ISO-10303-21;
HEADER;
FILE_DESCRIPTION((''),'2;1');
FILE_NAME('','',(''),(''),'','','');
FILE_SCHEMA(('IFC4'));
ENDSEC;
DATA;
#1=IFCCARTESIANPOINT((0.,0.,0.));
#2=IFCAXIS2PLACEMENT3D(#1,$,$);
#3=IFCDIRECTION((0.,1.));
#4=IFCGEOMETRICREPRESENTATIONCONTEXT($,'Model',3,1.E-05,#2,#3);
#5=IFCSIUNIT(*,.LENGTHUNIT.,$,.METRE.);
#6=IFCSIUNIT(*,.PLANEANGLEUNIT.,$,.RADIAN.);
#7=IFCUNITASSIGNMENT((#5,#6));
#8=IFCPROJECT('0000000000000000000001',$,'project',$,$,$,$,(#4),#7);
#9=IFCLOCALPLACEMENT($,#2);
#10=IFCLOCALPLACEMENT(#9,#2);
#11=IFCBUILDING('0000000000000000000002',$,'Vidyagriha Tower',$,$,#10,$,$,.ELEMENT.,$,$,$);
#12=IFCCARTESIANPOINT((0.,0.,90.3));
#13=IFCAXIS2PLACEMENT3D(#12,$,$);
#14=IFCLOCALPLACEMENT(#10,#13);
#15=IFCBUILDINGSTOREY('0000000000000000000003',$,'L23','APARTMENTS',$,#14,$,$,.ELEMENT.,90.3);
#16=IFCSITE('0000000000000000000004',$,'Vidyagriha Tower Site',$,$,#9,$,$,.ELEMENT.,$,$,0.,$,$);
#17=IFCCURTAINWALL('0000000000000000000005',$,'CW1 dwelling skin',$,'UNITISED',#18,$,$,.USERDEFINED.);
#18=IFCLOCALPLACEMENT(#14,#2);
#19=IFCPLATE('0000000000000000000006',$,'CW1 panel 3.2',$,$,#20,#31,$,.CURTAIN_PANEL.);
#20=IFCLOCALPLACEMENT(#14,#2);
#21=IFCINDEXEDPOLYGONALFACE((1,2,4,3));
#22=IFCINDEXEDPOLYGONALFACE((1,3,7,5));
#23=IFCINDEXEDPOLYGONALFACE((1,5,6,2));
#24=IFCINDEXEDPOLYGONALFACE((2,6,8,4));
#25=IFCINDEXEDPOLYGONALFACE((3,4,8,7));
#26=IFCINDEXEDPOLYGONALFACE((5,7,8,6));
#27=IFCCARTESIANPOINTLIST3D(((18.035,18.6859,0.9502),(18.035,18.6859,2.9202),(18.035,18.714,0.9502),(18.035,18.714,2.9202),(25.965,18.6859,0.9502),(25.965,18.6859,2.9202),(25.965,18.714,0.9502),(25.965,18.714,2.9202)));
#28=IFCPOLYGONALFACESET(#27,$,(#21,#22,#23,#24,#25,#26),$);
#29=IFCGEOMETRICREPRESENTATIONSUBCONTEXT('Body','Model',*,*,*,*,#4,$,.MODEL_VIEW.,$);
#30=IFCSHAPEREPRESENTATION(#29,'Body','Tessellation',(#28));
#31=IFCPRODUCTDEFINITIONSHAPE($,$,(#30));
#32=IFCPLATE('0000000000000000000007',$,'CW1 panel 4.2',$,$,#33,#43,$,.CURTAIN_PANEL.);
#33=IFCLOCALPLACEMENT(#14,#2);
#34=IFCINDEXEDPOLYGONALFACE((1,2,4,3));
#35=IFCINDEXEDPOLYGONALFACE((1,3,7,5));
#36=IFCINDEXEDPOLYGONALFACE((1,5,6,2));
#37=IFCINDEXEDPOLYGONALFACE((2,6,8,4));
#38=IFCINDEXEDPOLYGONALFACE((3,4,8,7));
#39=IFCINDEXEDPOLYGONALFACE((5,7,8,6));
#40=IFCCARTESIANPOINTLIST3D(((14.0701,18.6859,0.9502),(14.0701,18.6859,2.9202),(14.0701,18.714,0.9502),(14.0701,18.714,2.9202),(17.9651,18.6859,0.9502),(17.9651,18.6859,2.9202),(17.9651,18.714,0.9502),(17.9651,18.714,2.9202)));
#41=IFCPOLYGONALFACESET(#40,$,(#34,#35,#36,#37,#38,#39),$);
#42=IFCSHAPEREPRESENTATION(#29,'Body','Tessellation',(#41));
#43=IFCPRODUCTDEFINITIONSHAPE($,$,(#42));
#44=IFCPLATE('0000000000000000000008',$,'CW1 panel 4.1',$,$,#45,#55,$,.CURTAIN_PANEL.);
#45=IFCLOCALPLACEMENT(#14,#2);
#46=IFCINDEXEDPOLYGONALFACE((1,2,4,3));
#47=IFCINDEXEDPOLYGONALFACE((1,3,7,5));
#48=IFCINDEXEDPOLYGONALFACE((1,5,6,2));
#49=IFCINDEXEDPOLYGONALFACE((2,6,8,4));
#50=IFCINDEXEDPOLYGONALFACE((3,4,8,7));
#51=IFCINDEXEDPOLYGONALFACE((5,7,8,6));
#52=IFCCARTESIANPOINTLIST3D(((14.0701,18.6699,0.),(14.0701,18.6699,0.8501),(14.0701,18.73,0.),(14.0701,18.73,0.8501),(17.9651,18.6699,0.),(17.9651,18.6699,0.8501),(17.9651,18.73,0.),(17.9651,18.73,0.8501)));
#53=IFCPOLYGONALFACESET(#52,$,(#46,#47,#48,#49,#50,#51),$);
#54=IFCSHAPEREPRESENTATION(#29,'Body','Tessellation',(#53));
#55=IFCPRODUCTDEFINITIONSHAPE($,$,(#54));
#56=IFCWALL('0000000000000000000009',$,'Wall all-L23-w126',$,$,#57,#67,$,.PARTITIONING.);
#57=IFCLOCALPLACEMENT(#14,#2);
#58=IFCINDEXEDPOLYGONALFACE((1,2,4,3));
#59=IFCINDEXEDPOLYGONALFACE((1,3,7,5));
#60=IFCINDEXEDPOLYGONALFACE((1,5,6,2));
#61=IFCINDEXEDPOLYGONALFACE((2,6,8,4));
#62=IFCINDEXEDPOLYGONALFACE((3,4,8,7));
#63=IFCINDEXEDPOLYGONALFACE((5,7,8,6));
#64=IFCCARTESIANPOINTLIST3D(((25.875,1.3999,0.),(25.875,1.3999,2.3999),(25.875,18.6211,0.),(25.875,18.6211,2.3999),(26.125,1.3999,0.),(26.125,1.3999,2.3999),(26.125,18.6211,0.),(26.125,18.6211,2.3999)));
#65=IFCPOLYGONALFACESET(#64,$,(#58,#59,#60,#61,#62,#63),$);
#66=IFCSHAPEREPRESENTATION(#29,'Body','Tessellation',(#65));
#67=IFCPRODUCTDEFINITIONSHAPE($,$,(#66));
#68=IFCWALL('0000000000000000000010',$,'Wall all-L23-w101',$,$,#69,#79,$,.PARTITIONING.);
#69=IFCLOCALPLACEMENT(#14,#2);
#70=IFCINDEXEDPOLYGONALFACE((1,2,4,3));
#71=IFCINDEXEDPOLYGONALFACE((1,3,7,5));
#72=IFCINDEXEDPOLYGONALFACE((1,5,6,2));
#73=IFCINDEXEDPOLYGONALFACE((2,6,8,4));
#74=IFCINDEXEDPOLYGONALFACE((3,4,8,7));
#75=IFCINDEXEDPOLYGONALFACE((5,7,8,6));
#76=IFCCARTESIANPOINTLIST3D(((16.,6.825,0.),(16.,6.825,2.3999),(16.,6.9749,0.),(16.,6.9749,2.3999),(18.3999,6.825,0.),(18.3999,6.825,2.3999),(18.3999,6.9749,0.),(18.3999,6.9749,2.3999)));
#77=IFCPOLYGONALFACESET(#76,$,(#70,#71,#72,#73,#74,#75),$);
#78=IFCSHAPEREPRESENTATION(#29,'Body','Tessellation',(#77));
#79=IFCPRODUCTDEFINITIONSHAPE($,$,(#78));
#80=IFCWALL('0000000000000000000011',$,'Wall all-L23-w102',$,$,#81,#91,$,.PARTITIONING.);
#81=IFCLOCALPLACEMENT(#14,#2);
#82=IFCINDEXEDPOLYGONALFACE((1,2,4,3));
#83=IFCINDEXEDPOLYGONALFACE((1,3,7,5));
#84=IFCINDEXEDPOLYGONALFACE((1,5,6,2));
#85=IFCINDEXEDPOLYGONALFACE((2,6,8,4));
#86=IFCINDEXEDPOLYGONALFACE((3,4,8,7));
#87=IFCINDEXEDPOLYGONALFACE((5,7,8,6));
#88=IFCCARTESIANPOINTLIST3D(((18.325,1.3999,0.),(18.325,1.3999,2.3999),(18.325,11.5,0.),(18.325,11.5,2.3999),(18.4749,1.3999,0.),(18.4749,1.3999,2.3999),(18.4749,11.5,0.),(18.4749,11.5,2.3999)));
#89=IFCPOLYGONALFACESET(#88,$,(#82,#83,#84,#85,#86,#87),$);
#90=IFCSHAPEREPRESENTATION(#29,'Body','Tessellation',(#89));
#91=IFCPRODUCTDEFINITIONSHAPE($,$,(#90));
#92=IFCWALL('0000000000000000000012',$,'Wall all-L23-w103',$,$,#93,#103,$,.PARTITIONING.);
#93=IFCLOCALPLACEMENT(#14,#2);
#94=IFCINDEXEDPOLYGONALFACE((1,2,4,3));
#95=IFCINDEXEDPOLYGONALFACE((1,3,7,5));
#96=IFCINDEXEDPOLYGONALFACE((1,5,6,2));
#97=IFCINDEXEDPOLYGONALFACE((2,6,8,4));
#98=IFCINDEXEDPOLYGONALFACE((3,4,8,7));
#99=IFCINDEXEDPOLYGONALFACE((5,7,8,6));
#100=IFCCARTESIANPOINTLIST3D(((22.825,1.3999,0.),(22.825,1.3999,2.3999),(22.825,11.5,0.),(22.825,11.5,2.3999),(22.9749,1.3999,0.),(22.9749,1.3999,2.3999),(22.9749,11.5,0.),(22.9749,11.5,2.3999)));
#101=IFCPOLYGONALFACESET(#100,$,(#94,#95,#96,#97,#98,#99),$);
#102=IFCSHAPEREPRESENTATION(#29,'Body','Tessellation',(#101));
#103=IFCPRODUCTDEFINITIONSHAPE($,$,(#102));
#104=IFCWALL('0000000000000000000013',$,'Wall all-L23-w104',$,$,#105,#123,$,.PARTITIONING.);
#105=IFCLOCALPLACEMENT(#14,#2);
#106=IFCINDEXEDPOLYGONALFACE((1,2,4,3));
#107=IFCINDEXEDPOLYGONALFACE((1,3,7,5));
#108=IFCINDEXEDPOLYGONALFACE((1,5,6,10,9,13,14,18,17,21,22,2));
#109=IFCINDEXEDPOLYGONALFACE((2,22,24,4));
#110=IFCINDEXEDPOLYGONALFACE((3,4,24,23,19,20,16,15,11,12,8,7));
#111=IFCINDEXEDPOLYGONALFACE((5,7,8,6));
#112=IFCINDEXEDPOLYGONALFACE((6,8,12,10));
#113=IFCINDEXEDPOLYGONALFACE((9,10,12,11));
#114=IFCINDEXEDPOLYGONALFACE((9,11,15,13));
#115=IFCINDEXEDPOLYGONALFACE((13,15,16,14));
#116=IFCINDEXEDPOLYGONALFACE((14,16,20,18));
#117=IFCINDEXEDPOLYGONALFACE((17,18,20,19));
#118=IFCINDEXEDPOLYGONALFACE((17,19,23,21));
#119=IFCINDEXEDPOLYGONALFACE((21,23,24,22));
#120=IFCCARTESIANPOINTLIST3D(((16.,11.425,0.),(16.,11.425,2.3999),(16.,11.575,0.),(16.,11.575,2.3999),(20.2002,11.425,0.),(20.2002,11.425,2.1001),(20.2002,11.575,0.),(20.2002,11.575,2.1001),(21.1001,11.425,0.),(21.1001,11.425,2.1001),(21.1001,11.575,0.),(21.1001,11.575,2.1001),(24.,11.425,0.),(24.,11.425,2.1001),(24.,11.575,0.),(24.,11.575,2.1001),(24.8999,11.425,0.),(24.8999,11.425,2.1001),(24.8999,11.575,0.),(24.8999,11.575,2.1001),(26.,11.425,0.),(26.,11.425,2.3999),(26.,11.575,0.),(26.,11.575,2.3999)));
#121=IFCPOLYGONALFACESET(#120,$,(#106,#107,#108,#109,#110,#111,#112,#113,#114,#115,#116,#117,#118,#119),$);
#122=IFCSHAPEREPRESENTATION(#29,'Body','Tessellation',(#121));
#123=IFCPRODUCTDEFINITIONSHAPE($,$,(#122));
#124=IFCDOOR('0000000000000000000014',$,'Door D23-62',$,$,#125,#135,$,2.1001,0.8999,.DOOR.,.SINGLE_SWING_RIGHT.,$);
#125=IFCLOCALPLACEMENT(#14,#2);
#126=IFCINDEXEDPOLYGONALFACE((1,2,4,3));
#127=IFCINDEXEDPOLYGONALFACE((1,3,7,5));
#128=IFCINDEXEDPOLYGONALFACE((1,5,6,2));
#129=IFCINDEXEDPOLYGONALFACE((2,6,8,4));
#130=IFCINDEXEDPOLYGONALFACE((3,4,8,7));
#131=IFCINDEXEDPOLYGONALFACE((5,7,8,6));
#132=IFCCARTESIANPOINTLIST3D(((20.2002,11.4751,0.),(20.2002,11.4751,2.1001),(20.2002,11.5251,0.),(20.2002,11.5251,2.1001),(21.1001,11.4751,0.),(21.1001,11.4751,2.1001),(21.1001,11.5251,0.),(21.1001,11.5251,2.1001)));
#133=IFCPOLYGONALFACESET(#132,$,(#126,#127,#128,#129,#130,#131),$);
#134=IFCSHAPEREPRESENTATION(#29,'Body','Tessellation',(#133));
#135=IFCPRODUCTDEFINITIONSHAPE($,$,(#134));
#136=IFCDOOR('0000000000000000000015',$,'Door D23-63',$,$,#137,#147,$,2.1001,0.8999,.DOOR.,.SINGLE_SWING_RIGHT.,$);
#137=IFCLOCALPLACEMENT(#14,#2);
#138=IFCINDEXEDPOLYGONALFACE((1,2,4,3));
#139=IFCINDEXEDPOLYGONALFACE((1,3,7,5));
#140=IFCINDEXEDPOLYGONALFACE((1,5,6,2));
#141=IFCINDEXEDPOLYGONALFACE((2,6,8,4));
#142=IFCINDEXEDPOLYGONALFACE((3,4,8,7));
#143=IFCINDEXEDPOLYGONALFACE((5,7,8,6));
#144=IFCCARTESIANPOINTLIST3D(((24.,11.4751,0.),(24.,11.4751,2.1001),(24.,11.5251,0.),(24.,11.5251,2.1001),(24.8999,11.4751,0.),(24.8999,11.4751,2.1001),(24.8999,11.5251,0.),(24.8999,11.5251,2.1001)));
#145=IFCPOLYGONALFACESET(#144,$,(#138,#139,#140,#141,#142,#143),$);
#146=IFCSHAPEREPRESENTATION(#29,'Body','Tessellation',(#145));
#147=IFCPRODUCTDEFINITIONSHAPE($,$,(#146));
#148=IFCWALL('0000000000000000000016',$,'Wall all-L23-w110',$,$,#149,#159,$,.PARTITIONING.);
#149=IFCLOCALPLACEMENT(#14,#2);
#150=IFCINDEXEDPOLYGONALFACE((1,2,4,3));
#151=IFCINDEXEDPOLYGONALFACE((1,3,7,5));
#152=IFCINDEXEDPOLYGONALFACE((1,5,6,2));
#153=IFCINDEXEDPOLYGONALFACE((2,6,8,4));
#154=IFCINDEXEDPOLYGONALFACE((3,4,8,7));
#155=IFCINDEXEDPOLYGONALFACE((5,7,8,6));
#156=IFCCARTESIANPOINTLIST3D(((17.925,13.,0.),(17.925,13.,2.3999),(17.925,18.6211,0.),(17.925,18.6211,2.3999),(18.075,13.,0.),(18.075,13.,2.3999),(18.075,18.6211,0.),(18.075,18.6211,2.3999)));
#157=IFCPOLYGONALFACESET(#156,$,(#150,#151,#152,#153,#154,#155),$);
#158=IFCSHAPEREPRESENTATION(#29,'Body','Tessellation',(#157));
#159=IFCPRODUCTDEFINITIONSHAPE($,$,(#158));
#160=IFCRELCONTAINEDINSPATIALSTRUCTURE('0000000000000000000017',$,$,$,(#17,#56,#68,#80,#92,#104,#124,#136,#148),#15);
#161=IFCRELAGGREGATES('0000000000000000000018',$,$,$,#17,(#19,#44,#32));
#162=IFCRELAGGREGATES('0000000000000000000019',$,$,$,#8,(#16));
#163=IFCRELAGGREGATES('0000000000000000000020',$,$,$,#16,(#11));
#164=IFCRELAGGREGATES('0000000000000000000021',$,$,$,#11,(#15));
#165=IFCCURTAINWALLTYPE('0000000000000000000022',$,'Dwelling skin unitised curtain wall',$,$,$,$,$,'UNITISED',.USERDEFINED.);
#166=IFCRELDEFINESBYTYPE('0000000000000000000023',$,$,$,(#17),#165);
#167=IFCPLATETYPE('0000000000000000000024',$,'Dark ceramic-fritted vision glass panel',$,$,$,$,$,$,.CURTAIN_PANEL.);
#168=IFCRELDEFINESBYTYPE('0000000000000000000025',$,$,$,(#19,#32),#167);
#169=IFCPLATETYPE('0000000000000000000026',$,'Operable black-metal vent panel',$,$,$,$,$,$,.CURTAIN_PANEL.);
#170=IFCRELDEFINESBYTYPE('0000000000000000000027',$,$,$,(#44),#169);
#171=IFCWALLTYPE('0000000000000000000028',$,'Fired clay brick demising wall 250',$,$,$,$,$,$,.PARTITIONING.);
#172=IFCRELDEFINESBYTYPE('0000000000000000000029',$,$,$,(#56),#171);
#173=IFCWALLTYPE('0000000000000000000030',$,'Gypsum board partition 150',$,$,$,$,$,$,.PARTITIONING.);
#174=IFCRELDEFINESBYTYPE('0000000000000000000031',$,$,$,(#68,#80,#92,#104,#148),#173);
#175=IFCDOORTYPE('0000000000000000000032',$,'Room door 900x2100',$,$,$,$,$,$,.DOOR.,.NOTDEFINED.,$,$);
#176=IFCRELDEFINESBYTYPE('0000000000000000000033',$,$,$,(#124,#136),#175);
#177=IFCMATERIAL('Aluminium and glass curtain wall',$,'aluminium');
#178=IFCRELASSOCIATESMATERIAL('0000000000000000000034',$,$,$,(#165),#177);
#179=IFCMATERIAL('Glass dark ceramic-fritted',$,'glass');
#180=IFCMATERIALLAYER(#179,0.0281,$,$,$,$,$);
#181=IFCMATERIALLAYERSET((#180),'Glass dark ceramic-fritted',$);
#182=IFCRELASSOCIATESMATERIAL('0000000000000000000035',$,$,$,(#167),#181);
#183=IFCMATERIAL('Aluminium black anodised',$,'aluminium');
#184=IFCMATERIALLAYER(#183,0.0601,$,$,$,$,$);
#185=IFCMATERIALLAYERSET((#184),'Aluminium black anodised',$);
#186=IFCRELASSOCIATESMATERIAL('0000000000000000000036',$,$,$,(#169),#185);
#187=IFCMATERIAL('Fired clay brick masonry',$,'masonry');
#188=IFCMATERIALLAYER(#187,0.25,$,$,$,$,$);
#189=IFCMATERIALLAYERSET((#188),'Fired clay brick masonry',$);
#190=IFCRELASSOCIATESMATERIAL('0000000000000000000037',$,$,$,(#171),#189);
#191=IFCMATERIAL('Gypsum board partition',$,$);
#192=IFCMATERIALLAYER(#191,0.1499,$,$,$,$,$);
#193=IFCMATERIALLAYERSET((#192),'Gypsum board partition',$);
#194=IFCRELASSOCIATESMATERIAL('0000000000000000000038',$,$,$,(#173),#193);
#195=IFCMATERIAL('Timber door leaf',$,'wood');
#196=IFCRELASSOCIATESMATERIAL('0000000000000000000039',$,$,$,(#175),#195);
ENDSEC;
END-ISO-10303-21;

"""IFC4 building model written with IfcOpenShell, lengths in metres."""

from ifc_helpers import new_model, si_unit, direction, frame, frame_2d, origin, origin_2d, place, context, subcontext, project, spatial, rectangle, extrude, material, layer, layer_set, type_object, element, fill, aggregate, save


model = new_model("IFC4")

# Units and contexts
model_context = context("Model", 3, precision=1e-05, world=origin(), true_north=direction((0.0, 1.0)))
body_context = subcontext(model_context, "Body", "Model", "MODEL_VIEW")
ifc_project = project(units=[si_unit("LENGTHUNIT", "METRE"), si_unit("PLANEANGLEUNIT", "RADIAN")], contexts=[model_context])

# Site, building, storey
site_placement = place(None, origin())
site = spatial("IfcSite", under=ifc_project, at=site_placement, Name="Vidyagriha Tower Site", CompositionType="ELEMENT", RefElevation=0.0)
building_placement = place(site_placement, origin())
building = spatial("IfcBuilding", under=site, at=building_placement, Name="Vidyagriha Tower", CompositionType="ELEMENT")
storey_placement = place(building_placement, frame((0.0, 0.0, 90.3)))
storey = spatial("IfcBuildingStorey", under=building, at=storey_placement, Name="L23", Description="APARTMENTS", CompositionType="ELEMENT", Elevation=90.3)

# Curtain wall, plates
ifc_material_1 = material(Name="Aluminium and glass curtain wall", Category="aluminium")
curtain_wall_type = type_object("IfcCurtainWallType", Name="Dwelling skin unitised curtain wall", ElementType="UNITISED", PredefinedType="USERDEFINED", material=ifc_material_1)
curtain_wall_placement = place(storey_placement, origin())
curtain_wall = element("IfcCurtainWall", 1, at=curtain_wall_placement, inside=storey, type_object=curtain_wall_type, Name="CW1 dwelling skin", ObjectType="UNITISED", PredefinedType="USERDEFINED")
ifc_material_2 = material(Name="Glass dark ceramic-fritted", Category="glass")
ifc_layer_1 = layer(ifc_material_2, 0.0281)
ifc_layer_set_1 = layer_set([ifc_layer_1], Name="Glass dark ceramic-fritted")
plate_type_1 = type_object("IfcPlateType", Name="Dark ceramic-fritted vision glass panel", PredefinedType="CURTAIN_PANEL", material=ifc_layer_set_1)
plate_1_placement = place(storey_placement, frame((22.0, 18.7, 0.9502), z_axis=(0.0, 0.0, 1.0), x_axis=(-1.0, 0.0, 0.0)))
plate_1 = element("IfcPlate", 2, at=plate_1_placement, type_object=plate_type_1, Name="CW1 panel 3.2", PredefinedType="CURTAIN_PANEL", context=body_context, shape_type="SweptSolid", body=[
    extrude(rectangle(XDim=7.9299, YDim=0.0281, at=origin_2d()), origin(), (0.0, 0.0, 1.0), 1.97),
])
plate_2_placement = place(storey_placement, frame((16.0176, 18.7, 0.9502), z_axis=(0.0, 0.0, 1.0), x_axis=(-1.0, 0.0, 0.0)))
plate_2 = element("IfcPlate", 3, at=plate_2_placement, type_object=plate_type_1, Name="CW1 panel 4.2", PredefinedType="CURTAIN_PANEL", context=body_context, shape_type="SweptSolid", body=[
    extrude(rectangle(XDim=3.895, YDim=0.0281, at=origin_2d()), origin(), (0.0, 0.0, 1.0), 1.97),
])
ifc_material_3 = material(Name="Aluminium black anodised", Category="aluminium")
ifc_layer_2 = layer(ifc_material_3, 0.0601)
ifc_layer_set_2 = layer_set([ifc_layer_2], Name="Aluminium black anodised")
plate_type_2 = type_object("IfcPlateType", Name="Operable black-metal vent panel", PredefinedType="CURTAIN_PANEL", material=ifc_layer_set_2)
plate_3_placement = place(storey_placement, frame((16.0176, 18.7, 0.0), z_axis=(0.0, 0.0, 1.0), x_axis=(-1.0, 0.0, 0.0)))
plate_3 = element("IfcPlate", 4, at=plate_3_placement, type_object=plate_type_2, Name="CW1 panel 4.1", PredefinedType="CURTAIN_PANEL", context=body_context, shape_type="SweptSolid", body=[
    extrude(rectangle(XDim=3.895, YDim=0.0601, at=origin_2d()), origin(), (0.0, 0.0, 1.0), 0.8501),
])
aggregate(curtain_wall, [plate_1, plate_3, plate_2])

# Walls
ifc_material_4 = material(Name="Fired clay brick masonry", Category="masonry")
ifc_layer_3 = layer(ifc_material_4, 0.25)
ifc_layer_set_3 = layer_set([ifc_layer_3], Name="Fired clay brick masonry")
wall_type_1 = type_object("IfcWallType", Name="Fired clay brick demising wall 250", PredefinedType="PARTITIONING", material=ifc_layer_set_3)
wall_1_placement = place(storey_placement, frame((26.0, 18.6211, 0.0), z_axis=(0.0, 0.0, 1.0), x_axis=(0.0, -1.0, 0.0)))
element("IfcWall", 5, at=wall_1_placement, inside=storey, type_object=wall_type_1, Name="Wall all-L23-w126", PredefinedType="PARTITIONING", context=body_context, shape_type="SweptSolid", body=[
    extrude(rectangle(XDim=17.2212, YDim=0.25, at=frame_2d((8.6106, 0.0))), origin(), (0.0, 0.0, 1.0), 2.3999),
])
ifc_material_5 = material(Name="Gypsum board partition")
ifc_layer_4 = layer(ifc_material_5, 0.1499)
ifc_layer_set_4 = layer_set([ifc_layer_4], Name="Gypsum board partition")
wall_type_2 = type_object("IfcWallType", Name="Gypsum board partition 150", PredefinedType="PARTITIONING", material=ifc_layer_set_4)
wall_2_placement = place(storey_placement, frame((16.0, 6.8999, 0.0)))
element("IfcWall", 6, at=wall_2_placement, inside=storey, type_object=wall_type_2, Name="Wall all-L23-w101", PredefinedType="PARTITIONING", context=body_context, shape_type="SweptSolid", body=[
    extrude(rectangle(XDim=2.3999, YDim=0.1499, at=frame_2d((1.2, 0.0))), origin(), (0.0, 0.0, 1.0), 2.3999),
])
for number, where, z_axis, x_axis, name in (
    (7, (18.3999, 11.5, 0.0), (0.0, 0.0, 1.0), (0.0, -1.0, 0.0), "Wall all-L23-w102"),
    (8, (22.8999, 11.5, 0.0), (0.0, 0.0, 1.0), (0.0, -1.0, 0.0), "Wall all-L23-w103"),
):
    element("IfcWall", number, at=place(storey_placement, frame(where, z_axis=z_axis, x_axis=x_axis)), inside=storey, type_object=wall_type_2, Name=name, PredefinedType="PARTITIONING", context=body_context, shape_type="SweptSolid", body=[
        extrude(rectangle(XDim=10.1001, YDim=0.1499, at=frame_2d((5.05, 0.0))), origin(), (0.0, 0.0, 1.0), 2.3999),
    ])

# Wall, openings, doors
wall_3_placement = place(storey_placement, frame((26.0, 11.5, 0.0), z_axis=(0.0, 0.0, 1.0), x_axis=(-1.0, 0.0, 0.0)))
wall_3 = element("IfcWall", 9, at=wall_3_placement, inside=storey, type_object=wall_type_2, Name="Wall all-L23-w104", PredefinedType="PARTITIONING", context=body_context, shape_type="SweptSolid", body=[
    extrude(rectangle(XDim=10.0, YDim=0.1499, at=frame_2d((5.0, 0.0))), origin(), (0.0, 0.0, 1.0), 2.3999),
])
opening_1_placement = place(wall_3_placement, frame((4.8999, 0.0, 0.0)))
opening_1 = element("IfcOpeningElement", 10, at=opening_1_placement, cuts=wall_3, PredefinedType="OPENING", context=body_context, shape_type="SweptSolid", body=[
    extrude(rectangle(XDim=0.8999, YDim=2.1001, at=frame_2d((0.45, 1.05))), frame((0.0, 0.085, 0.0), z_axis=(0.0, -1.0, 0.0), x_axis=(1.0, 0.0, 0.0)), (0.0, 0.0, 1.0), 0.1699),
])
opening_2_placement = place(wall_3_placement, frame((1.1001, 0.0, 0.0)))
opening_2 = element("IfcOpeningElement", 11, at=opening_2_placement, cuts=wall_3, PredefinedType="OPENING", context=body_context, shape_type="SweptSolid", body=[
    extrude(rectangle(XDim=0.8999, YDim=2.1001, at=frame_2d((0.45, 1.05))), frame((0.0, 0.085, 0.0), z_axis=(0.0, -1.0, 0.0), x_axis=(1.0, 0.0, 0.0)), (0.0, 0.0, 1.0), 0.1699),
])
ifc_material_6 = material(Name="Timber door leaf", Category="wood")
door_type_1 = type_object("IfcDoorType", Name="Room door 900x2100", OperationType="NOTDEFINED", PredefinedType="DOOR", material=ifc_material_6)
door_1_placement = place(opening_1_placement, origin())
door_1 = element("IfcDoor", 12, at=door_1_placement, inside=storey, type_object=door_type_1, Name="Door D23-62", OperationType="SINGLE_SWING_RIGHT", OverallHeight=2.1001, OverallWidth=0.8999, PredefinedType="DOOR", context=body_context, shape_type="SweptSolid", body=[
    extrude(rectangle(XDim=0.8999, YDim=2.1001, at=frame_2d((0.45, 1.05))), frame((0.0, 0.0249, 0.0), z_axis=(0.0, -1.0, 0.0), x_axis=(1.0, 0.0, 0.0)), (0.0, 0.0, 1.0), 0.05),
])
fill(opening_1, door_1)
door_2_placement = place(opening_2_placement, origin())
door_2 = element("IfcDoor", 13, at=door_2_placement, inside=storey, type_object=door_type_1, Name="Door D23-63", OperationType="SINGLE_SWING_RIGHT", OverallHeight=2.1001, OverallWidth=0.8999, PredefinedType="DOOR", context=body_context, shape_type="SweptSolid", body=[
    extrude(rectangle(XDim=0.8999, YDim=2.1001, at=frame_2d((0.45, 1.05))), frame((0.0, 0.0249, 0.0), z_axis=(0.0, -1.0, 0.0), x_axis=(1.0, 0.0, 0.0)), (0.0, 0.0, 1.0), 0.05),
])
fill(opening_2, door_2)

# Wall
wall_4_placement = place(storey_placement, frame((18.0, 18.6211, 0.0), z_axis=(0.0, 0.0, 1.0), x_axis=(0.0, -1.0, 0.0)))
element("IfcWall", 14, at=wall_4_placement, inside=storey, type_object=wall_type_2, Name="Wall all-L23-w110", PredefinedType="PARTITIONING", context=body_context, shape_type="SweptSolid", body=[
    extrude(rectangle(XDim=5.6211, YDim=0.1499, at=frame_2d((2.8105, 0.0))), origin(), (0.0, 0.0, 1.0), 2.3999),
])

save(model, "model.ifc")
